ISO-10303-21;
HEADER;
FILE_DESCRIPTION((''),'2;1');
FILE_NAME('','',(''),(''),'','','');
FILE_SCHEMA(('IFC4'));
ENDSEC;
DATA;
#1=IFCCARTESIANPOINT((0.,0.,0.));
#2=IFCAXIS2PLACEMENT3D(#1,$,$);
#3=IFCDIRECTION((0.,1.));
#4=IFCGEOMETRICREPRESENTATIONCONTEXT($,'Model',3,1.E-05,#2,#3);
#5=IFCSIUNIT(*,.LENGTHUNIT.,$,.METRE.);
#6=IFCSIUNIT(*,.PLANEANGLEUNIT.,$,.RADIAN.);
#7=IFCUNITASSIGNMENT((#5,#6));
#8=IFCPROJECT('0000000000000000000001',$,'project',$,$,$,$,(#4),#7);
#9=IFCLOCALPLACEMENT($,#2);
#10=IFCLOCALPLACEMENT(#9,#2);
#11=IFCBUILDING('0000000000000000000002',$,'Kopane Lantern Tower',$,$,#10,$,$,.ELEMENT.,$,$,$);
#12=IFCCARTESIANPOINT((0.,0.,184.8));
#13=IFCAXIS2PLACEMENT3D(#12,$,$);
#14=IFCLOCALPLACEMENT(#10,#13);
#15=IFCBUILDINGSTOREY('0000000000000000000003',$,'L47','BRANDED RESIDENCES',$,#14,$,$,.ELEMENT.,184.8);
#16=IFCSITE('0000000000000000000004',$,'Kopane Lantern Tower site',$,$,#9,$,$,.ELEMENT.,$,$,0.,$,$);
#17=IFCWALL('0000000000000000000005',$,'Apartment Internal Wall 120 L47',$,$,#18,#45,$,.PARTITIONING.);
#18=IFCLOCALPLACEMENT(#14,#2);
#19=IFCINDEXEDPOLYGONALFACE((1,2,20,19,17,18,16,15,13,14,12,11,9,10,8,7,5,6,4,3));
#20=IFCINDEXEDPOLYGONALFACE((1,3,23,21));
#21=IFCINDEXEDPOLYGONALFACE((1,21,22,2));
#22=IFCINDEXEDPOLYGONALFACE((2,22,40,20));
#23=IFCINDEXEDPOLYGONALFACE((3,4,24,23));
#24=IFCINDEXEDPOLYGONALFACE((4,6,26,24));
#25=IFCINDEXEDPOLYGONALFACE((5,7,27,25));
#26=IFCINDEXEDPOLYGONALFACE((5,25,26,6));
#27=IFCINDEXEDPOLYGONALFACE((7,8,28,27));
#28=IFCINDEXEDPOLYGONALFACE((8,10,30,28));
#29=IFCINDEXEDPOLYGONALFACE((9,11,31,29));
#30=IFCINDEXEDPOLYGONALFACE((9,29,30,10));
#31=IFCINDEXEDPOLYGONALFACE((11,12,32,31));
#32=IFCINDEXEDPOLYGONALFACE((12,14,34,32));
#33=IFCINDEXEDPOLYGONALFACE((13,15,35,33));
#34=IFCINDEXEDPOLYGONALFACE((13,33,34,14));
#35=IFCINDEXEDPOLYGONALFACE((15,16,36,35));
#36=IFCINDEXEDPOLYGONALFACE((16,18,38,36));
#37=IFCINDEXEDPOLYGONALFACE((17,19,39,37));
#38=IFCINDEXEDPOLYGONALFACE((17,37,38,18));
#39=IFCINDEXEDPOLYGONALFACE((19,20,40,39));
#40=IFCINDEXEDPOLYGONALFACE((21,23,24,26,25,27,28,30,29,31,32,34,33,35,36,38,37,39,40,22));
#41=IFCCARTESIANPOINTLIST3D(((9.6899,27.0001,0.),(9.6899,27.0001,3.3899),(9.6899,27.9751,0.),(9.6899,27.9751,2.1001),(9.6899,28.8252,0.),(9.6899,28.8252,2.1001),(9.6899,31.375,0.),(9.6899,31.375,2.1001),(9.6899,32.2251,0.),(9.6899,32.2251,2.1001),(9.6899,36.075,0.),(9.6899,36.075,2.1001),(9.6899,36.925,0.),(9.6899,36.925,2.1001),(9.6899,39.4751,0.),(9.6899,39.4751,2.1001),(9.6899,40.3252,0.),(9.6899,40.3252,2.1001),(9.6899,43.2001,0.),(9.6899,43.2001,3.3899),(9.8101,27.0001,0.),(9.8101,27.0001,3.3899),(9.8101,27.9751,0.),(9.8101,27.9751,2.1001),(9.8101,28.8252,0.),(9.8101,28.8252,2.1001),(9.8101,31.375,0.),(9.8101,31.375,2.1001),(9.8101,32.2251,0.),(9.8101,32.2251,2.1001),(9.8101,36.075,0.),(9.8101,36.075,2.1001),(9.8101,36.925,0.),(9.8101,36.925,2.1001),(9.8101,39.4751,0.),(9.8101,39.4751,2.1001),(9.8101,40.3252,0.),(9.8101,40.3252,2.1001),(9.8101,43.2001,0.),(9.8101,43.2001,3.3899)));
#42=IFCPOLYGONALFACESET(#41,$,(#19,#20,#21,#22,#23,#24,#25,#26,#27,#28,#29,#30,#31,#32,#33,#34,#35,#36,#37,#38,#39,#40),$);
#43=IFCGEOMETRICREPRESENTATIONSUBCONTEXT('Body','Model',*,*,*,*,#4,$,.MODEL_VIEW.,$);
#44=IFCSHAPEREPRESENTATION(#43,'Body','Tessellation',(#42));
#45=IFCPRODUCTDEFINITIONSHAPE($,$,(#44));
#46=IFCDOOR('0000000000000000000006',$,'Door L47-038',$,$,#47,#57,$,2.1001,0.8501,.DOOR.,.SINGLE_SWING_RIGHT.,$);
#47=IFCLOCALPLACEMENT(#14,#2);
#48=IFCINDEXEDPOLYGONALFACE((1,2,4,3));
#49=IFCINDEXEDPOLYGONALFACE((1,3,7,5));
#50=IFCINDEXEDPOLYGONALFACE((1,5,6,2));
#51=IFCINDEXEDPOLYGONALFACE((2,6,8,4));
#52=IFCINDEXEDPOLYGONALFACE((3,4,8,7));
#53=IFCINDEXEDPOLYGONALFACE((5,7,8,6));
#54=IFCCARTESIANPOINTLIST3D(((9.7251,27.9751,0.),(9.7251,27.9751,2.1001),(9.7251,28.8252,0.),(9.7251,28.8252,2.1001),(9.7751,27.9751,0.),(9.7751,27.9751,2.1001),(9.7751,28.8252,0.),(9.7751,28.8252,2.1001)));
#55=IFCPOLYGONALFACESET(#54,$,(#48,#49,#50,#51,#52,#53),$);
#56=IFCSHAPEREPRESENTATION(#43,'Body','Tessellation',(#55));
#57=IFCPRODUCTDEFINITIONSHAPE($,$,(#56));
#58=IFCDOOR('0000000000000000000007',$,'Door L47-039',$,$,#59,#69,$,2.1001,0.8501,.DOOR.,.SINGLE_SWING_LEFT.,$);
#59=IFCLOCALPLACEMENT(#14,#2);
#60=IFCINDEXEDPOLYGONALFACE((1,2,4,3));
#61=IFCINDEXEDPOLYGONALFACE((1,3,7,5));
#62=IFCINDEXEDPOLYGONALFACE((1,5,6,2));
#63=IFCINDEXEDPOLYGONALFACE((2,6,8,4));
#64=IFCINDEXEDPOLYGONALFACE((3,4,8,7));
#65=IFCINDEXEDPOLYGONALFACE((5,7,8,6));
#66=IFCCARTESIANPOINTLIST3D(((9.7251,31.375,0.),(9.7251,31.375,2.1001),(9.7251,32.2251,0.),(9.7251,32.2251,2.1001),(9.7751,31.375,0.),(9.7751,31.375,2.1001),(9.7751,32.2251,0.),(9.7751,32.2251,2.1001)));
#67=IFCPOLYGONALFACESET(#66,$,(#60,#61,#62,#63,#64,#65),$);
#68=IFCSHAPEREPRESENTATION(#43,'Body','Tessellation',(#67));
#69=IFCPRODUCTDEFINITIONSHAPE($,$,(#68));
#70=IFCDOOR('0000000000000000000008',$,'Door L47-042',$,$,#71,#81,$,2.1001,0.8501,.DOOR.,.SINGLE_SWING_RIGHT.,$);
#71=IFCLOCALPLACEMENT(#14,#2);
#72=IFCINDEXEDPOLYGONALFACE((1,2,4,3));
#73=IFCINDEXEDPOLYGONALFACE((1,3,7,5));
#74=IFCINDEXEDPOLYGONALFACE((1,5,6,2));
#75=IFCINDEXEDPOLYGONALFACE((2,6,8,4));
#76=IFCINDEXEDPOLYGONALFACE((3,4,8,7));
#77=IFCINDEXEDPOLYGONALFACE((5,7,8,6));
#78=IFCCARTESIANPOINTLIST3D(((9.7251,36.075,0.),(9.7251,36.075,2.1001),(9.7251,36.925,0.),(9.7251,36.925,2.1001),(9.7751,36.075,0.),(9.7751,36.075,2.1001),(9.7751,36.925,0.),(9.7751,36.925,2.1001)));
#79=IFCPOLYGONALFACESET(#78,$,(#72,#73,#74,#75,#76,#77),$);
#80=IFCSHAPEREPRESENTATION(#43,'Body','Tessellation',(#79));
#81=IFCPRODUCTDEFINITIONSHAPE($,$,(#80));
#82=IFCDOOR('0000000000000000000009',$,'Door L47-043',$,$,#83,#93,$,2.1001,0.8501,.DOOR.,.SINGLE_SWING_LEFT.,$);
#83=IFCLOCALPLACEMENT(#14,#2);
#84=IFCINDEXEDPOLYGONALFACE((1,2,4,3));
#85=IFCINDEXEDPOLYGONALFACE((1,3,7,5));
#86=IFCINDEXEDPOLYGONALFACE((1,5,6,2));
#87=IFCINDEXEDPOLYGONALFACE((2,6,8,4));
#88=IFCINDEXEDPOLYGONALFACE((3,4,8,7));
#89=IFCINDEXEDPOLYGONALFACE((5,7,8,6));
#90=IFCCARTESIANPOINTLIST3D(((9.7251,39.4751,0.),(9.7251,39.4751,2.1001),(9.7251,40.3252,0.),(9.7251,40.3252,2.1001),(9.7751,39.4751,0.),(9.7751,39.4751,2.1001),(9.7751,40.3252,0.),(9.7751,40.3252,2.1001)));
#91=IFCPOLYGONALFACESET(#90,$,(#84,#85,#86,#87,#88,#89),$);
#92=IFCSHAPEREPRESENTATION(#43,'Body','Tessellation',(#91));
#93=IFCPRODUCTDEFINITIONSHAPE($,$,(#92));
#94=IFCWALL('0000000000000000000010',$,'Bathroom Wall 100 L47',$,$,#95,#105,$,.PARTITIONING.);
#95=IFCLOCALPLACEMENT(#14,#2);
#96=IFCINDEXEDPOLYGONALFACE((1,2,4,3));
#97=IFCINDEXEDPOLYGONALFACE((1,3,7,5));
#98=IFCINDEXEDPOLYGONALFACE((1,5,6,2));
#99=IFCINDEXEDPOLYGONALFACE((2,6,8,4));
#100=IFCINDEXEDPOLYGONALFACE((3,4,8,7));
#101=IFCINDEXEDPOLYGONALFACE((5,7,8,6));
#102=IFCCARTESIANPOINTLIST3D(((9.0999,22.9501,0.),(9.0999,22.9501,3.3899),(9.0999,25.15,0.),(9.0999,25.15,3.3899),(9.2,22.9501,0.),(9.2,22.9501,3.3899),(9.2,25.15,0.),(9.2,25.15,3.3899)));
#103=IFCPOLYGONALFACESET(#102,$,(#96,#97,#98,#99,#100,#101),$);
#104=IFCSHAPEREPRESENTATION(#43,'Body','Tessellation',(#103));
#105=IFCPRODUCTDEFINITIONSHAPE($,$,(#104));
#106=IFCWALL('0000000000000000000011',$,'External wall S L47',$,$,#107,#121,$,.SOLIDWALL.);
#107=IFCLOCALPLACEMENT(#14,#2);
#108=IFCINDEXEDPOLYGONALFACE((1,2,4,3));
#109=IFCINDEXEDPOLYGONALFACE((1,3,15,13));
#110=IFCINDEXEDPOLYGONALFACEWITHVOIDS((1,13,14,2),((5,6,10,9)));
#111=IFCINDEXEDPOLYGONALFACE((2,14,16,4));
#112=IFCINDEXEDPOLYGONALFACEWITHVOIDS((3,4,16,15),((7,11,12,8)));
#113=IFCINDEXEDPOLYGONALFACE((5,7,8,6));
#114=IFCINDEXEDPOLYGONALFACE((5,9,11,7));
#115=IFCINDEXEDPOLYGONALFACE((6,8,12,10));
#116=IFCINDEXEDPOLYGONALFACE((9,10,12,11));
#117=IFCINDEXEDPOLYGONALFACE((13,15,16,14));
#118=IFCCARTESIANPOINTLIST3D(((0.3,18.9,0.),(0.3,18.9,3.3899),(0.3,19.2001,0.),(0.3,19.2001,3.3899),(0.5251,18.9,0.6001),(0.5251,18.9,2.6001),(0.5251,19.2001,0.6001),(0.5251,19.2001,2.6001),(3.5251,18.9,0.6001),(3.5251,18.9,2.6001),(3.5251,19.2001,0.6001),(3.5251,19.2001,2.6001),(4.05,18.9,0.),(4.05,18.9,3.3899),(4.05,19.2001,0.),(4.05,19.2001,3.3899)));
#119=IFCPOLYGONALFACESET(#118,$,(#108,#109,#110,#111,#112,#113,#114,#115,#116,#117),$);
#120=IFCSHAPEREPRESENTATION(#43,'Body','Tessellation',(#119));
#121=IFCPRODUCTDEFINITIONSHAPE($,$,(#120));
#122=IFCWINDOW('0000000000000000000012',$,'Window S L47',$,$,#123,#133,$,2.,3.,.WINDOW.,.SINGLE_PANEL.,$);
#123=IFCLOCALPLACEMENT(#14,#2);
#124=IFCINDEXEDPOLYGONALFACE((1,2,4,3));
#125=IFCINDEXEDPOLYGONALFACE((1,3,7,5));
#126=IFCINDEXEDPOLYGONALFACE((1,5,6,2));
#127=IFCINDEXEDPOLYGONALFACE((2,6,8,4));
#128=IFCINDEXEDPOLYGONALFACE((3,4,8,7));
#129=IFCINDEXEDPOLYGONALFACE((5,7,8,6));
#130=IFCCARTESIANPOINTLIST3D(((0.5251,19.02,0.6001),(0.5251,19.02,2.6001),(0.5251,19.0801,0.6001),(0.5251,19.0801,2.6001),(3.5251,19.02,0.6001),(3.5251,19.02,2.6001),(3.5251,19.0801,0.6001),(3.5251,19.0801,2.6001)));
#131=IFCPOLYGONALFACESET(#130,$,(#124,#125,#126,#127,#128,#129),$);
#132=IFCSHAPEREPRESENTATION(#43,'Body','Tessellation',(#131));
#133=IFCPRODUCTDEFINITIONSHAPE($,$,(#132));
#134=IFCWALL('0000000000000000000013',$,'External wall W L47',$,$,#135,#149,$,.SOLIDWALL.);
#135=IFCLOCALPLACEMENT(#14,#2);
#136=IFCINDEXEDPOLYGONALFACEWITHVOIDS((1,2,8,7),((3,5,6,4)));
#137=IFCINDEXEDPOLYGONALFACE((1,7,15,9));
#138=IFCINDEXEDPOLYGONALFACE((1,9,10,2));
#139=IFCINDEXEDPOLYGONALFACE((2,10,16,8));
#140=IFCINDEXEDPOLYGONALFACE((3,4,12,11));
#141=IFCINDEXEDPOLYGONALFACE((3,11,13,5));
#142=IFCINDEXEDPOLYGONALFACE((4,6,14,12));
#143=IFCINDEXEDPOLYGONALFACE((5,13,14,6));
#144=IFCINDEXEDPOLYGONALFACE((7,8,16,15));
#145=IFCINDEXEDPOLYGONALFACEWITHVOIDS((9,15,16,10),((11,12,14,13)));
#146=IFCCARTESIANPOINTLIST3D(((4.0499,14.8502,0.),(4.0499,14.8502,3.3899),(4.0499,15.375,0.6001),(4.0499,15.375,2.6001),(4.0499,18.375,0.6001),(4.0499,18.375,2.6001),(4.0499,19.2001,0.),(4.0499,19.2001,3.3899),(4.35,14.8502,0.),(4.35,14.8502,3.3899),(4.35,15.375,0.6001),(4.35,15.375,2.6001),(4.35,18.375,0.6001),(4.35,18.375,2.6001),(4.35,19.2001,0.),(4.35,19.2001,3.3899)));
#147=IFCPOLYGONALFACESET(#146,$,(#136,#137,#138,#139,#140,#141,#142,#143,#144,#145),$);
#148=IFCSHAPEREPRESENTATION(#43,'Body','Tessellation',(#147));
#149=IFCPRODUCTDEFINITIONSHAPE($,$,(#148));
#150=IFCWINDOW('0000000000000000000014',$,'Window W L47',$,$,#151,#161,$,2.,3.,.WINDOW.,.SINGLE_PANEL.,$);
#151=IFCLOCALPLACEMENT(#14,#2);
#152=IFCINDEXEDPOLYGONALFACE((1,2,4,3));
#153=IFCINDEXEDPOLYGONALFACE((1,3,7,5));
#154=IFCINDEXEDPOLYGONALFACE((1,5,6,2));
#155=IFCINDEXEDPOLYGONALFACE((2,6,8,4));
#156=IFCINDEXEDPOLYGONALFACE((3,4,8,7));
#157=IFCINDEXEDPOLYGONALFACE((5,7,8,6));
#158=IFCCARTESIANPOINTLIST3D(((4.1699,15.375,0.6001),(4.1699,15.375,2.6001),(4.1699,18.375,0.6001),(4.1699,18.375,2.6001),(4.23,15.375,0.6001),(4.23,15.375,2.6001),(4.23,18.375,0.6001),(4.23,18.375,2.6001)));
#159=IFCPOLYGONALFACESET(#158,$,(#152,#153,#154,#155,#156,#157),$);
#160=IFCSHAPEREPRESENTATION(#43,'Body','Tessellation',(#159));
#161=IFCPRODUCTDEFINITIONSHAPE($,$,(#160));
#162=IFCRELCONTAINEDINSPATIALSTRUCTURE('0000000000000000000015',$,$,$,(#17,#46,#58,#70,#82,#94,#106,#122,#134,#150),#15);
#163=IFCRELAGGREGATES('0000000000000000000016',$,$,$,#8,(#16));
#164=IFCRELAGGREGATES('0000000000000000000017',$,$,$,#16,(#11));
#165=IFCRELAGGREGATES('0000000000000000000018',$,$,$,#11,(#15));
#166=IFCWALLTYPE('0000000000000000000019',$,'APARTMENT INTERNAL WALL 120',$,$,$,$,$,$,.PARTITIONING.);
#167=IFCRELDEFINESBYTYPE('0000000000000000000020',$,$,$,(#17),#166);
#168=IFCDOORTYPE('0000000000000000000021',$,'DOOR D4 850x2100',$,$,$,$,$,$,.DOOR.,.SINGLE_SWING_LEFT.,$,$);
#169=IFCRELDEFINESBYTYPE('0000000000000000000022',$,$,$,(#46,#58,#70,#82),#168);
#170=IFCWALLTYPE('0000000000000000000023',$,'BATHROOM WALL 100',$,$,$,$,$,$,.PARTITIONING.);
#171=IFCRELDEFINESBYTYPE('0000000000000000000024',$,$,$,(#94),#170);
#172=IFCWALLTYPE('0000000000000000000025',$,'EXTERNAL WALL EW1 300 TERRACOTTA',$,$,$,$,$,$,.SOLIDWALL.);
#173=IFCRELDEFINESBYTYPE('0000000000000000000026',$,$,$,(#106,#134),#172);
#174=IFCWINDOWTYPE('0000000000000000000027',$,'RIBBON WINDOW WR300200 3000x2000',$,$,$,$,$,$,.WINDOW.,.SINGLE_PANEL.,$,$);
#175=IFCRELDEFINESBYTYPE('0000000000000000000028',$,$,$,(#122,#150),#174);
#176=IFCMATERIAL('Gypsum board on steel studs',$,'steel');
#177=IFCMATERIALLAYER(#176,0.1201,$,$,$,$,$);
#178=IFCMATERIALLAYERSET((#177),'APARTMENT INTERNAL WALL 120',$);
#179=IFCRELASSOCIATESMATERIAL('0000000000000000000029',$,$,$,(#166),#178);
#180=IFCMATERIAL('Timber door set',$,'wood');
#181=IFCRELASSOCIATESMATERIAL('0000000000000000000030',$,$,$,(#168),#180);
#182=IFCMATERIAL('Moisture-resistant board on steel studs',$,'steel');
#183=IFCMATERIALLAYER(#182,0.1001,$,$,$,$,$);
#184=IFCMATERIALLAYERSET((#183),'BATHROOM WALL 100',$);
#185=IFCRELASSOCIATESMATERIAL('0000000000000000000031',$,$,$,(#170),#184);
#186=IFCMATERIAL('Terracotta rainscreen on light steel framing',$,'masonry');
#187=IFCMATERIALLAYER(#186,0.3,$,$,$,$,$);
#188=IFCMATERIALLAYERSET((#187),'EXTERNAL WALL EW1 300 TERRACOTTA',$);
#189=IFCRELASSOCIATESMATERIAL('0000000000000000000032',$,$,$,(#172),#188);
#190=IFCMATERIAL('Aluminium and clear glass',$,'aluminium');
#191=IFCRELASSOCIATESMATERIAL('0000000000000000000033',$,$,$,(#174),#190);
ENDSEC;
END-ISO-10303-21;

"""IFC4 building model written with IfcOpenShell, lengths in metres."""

from ifc_helpers import new_model, si_unit, direction, frame, frame_2d, origin, place, context, subcontext, project, spatial, rectangle, extrude, material, layer, layer_set, type_object, element, fill, save


model = new_model("IFC4")

# Units and contexts
model_context = context("Model", 3, precision=1e-05, world=origin(), true_north=direction((0.0, 1.0)))
body_context = subcontext(model_context, "Body", "Model", "MODEL_VIEW")
ifc_project = project(units=[si_unit("LENGTHUNIT", "METRE"), si_unit("PLANEANGLEUNIT", "RADIAN")], contexts=[model_context])

# Site, building, storey
site_placement = place(None, origin())
site = spatial("IfcSite", under=ifc_project, at=site_placement, Name="Kopane Lantern Tower site", CompositionType="ELEMENT", RefElevation=0.0)
building_placement = place(site_placement, origin())
building = spatial("IfcBuilding", under=site, at=building_placement, Name="Kopane Lantern Tower", CompositionType="ELEMENT")
storey_placement = place(building_placement, frame((0.0, 0.0, 184.8)))
storey = spatial("IfcBuildingStorey", under=building, at=storey_placement, Name="L47", Description="BRANDED RESIDENCES", CompositionType="ELEMENT", Elevation=184.8)

# Wall, openings, doors
ifc_material_1 = material(Name="Gypsum board on steel studs", Category="steel")
ifc_layer_1 = layer(ifc_material_1, 0.1201)
ifc_layer_set_1 = layer_set([ifc_layer_1], Name="APARTMENT INTERNAL WALL 120")
wall_type_1 = type_object("IfcWallType", Name="APARTMENT INTERNAL WALL 120", PredefinedType="PARTITIONING", material=ifc_layer_set_1)
wall_1_placement = place(storey_placement, frame((9.75, 27.0, 0.0), z_axis=(0.0, 0.0, 1.0), x_axis=(0.0, 1.0, 0.0)))
wall_1 = element("IfcWall", 1, at=wall_1_placement, inside=storey, type_object=wall_type_1, Name="Apartment Internal Wall 120 L47", PredefinedType="PARTITIONING", context=body_context, shape_type="SweptSolid", body=[
    extrude(rectangle(XDim=16.2, YDim=0.1201, at=frame_2d((8.1001, 0.0))), origin(), (0.0, 0.0, 1.0), 3.3899),
])
opening_1_placement = place(wall_1_placement, frame((0.9751, 0.0, 0.0)))
opening_1 = element("IfcOpeningElement", 2, at=opening_1_placement, cuts=wall_1, PredefinedType="OPENING", context=body_context, shape_type="SweptSolid", body=[
    extrude(rectangle(XDim=0.8501, YDim=2.1001, at=frame_2d((0.425, 1.05))), frame((0.0, 0.0701, 0.0), z_axis=(0.0, -1.0, 0.0), x_axis=(1.0, 0.0, 0.0)), (0.0, 0.0, 1.0), 0.1401),
])
opening_2_placement = place(wall_1_placement, frame((4.375, 0.0, 0.0)))
opening_2 = element("IfcOpeningElement", 3, at=opening_2_placement, cuts=wall_1, PredefinedType="OPENING", context=body_context, shape_type="SweptSolid", body=[
    extrude(rectangle(XDim=0.8501, YDim=2.1001, at=frame_2d((0.425, 1.05))), frame((0.0, 0.0701, 0.0), z_axis=(0.0, -1.0, 0.0), x_axis=(1.0, 0.0, 0.0)), (0.0, 0.0, 1.0), 0.1401),
])
opening_3_placement = place(wall_1_placement, frame((9.075, 0.0, 0.0)))
opening_3 = element("IfcOpeningElement", 4, at=opening_3_placement, cuts=wall_1, PredefinedType="OPENING", context=body_context, shape_type="SweptSolid", body=[
    extrude(rectangle(XDim=0.8501, YDim=2.1001, at=frame_2d((0.425, 1.05))), frame((0.0, 0.0701, 0.0), z_axis=(0.0, -1.0, 0.0), x_axis=(1.0, 0.0, 0.0)), (0.0, 0.0, 1.0), 0.1401),
])
opening_4_placement = place(wall_1_placement, frame((12.4751, 0.0, 0.0)))
opening_4 = element("IfcOpeningElement", 5, at=opening_4_placement, cuts=wall_1, PredefinedType="OPENING", context=body_context, shape_type="SweptSolid", body=[
    extrude(rectangle(XDim=0.8501, YDim=2.1001, at=frame_2d((0.425, 1.05))), frame((0.0, 0.0701, 0.0), z_axis=(0.0, -1.0, 0.0), x_axis=(1.0, 0.0, 0.0)), (0.0, 0.0, 1.0), 0.1401),
])
ifc_material_2 = material(Name="Timber door set", Category="wood")
door_type = type_object("IfcDoorType", Name="DOOR D4 850x2100", OperationType="SINGLE_SWING_LEFT", PredefinedType="DOOR", material=ifc_material_2)
door_1_placement = place(opening_1_placement, origin())
door_1 = element("IfcDoor", 6, at=door_1_placement, inside=storey, type_object=door_type, Name="Door L47-038", OperationType="SINGLE_SWING_RIGHT", OverallHeight=2.1001, OverallWidth=0.8501, PredefinedType="DOOR", context=body_context, shape_type="SweptSolid", body=[
    extrude(rectangle(XDim=0.8501, YDim=2.1001, at=frame_2d((0.425, 1.05))), frame((0.0, 0.0249, 0.0), z_axis=(0.0, -1.0, 0.0), x_axis=(1.0, 0.0, 0.0)), (0.0, 0.0, 1.0), 0.05),
])
fill(opening_1, door_1)
door_2_placement = place(opening_2_placement, origin())
door_2 = element("IfcDoor", 7, at=door_2_placement, inside=storey, type_object=door_type, Name="Door L47-039", OperationType="SINGLE_SWING_LEFT", OverallHeight=2.1001, OverallWidth=0.8501, PredefinedType="DOOR", context=body_context, shape_type="SweptSolid", body=[
    extrude(rectangle(XDim=0.8501, YDim=2.1001, at=frame_2d((0.425, 1.05))), frame((0.0, 0.0249, 0.0), z_axis=(0.0, -1.0, 0.0), x_axis=(1.0, 0.0, 0.0)), (0.0, 0.0, 1.0), 0.05),
])
fill(opening_2, door_2)
door_3_placement = place(opening_3_placement, origin())
door_3 = element("IfcDoor", 8, at=door_3_placement, inside=storey, type_object=door_type, Name="Door L47-042", OperationType="SINGLE_SWING_RIGHT", OverallHeight=2.1001, OverallWidth=0.8501, PredefinedType="DOOR", context=body_context, shape_type="SweptSolid", body=[
    extrude(rectangle(XDim=0.8501, YDim=2.1001, at=frame_2d((0.425, 1.05))), frame((0.0, 0.0249, 0.0), z_axis=(0.0, -1.0, 0.0), x_axis=(1.0, 0.0, 0.0)), (0.0, 0.0, 1.0), 0.05),
])
fill(opening_3, door_3)
door_4_placement = place(opening_4_placement, origin())
door_4 = element("IfcDoor", 9, at=door_4_placement, inside=storey, type_object=door_type, Name="Door L47-043", OperationType="SINGLE_SWING_LEFT", OverallHeight=2.1001, OverallWidth=0.8501, PredefinedType="DOOR", context=body_context, shape_type="SweptSolid", body=[
    extrude(rectangle(XDim=0.8501, YDim=2.1001, at=frame_2d((0.425, 1.05))), frame((0.0, 0.0249, 0.0), z_axis=(0.0, -1.0, 0.0), x_axis=(1.0, 0.0, 0.0)), (0.0, 0.0, 1.0), 0.05),
])
fill(opening_4, door_4)

# Wall
ifc_material_3 = material(Name="Moisture-resistant board on steel studs", Category="steel")
ifc_layer_2 = layer(ifc_material_3, 0.1001)
ifc_layer_set_2 = layer_set([ifc_layer_2], Name="BATHROOM WALL 100")
wall_type_2 = type_object("IfcWallType", Name="BATHROOM WALL 100", PredefinedType="PARTITIONING", material=ifc_layer_set_2)
wall_2_placement = place(storey_placement, frame((9.1499, 22.95, 0.0), z_axis=(0.0, 0.0, 1.0), x_axis=(0.0, 1.0, 0.0)))
element("IfcWall", 10, at=wall_2_placement, inside=storey, type_object=wall_type_2, Name="Bathroom Wall 100 L47", PredefinedType="PARTITIONING", context=body_context, shape_type="SweptSolid", body=[
    extrude(rectangle(XDim=2.2, YDim=0.1001, at=frame_2d((1.1001, 0.0))), origin(), (0.0, 0.0, 1.0), 3.3899),
])

# Walls, openings, windows
ifc_material_4 = material(Name="Terracotta rainscreen on light steel framing", Category="masonry")
ifc_layer_3 = layer(ifc_material_4, 0.3)
ifc_layer_set_3 = layer_set([ifc_layer_3], Name="EXTERNAL WALL EW1 300 TERRACOTTA")
wall_type_3 = type_object("IfcWallType", Name="EXTERNAL WALL EW1 300 TERRACOTTA", PredefinedType="SOLIDWALL", material=ifc_layer_set_3)
wall_3_placement = place(storey_placement, frame((0.3, 19.05, 0.0), z_axis=(0.0, 0.0, 1.0), x_axis=(1.0, 0.0, 0.0)))
wall_3 = element("IfcWall", 11, at=wall_3_placement, inside=storey, type_object=wall_type_3, Name="External wall S L47", PredefinedType="SOLIDWALL", context=body_context, shape_type="SweptSolid", body=[
    extrude(rectangle(XDim=3.75, YDim=0.3, at=frame_2d((1.875, 0.0))), origin(), (0.0, 0.0, 1.0), 3.3899),
])
opening_5_placement = place(wall_3_placement, frame((0.2251, 0.0, 0.6001)))
opening_5 = element("IfcOpeningElement", 12, at=opening_5_placement, cuts=wall_3, PredefinedType="OPENING", context=body_context, shape_type="SweptSolid", body=[
    extrude(rectangle(XDim=3.0, YDim=2.0, at=frame_2d((1.5, 1.0))), frame((0.0, 0.1599, 0.0), z_axis=(0.0, -1.0, 0.0), x_axis=(1.0, 0.0, 0.0)), (0.0, 0.0, 1.0), 0.3201),
])
ifc_material_5 = material(Name="Aluminium and clear glass", Category="aluminium")
window_type = type_object("IfcWindowType", Name="RIBBON WINDOW WR300200 3000x2000", PartitioningType="SINGLE_PANEL", PredefinedType="WINDOW", material=ifc_material_5)
window_1_placement = place(opening_5_placement, origin())
window_1 = element("IfcWindow", 13, at=window_1_placement, inside=storey, type_object=window_type, Name="Window S L47", OverallHeight=2.0, OverallWidth=3.0, PartitioningType="SINGLE_PANEL", PredefinedType="WINDOW", context=body_context, shape_type="SweptSolid", body=[
    extrude(rectangle(XDim=3.0, YDim=2.0, at=frame_2d((1.5, 1.0))), frame((0.0, 0.03, 0.0), z_axis=(0.0, -1.0, 0.0), x_axis=(1.0, 0.0, 0.0)), (0.0, 0.0, 1.0), 0.0601),
])
fill(opening_5, window_1)
wall_4_placement = place(storey_placement, frame((4.2, 19.2, 0.0), z_axis=(0.0, 0.0, 1.0), x_axis=(0.0, -1.0, 0.0)))
wall_4 = element("IfcWall", 14, at=wall_4_placement, inside=storey, type_object=wall_type_3, Name="External wall W L47", PredefinedType="SOLIDWALL", context=body_context, shape_type="SweptSolid", body=[
    extrude(rectangle(XDim=4.3499, YDim=0.3, at=frame_2d((2.1748, 0.0))), origin(), (0.0, 0.0, 1.0), 3.3899),
])
opening_6_placement = place(wall_4_placement, frame((0.825, 0.0, 0.6001)))
opening_6 = element("IfcOpeningElement", 15, at=opening_6_placement, cuts=wall_4, PredefinedType="OPENING", context=body_context, shape_type="SweptSolid", body=[
    extrude(rectangle(XDim=3.0, YDim=2.0, at=frame_2d((1.5, 1.0))), frame((0.0, 0.1599, 0.0), z_axis=(0.0, -1.0, 0.0), x_axis=(1.0, 0.0, 0.0)), (0.0, 0.0, 1.0), 0.3201),
])
window_2_placement = place(opening_6_placement, origin())
window_2 = element("IfcWindow", 16, at=window_2_placement, inside=storey, type_object=window_type, Name="Window W L47", OverallHeight=2.0, OverallWidth=3.0, PartitioningType="SINGLE_PANEL", PredefinedType="WINDOW", context=body_context, shape_type="SweptSolid", body=[
    extrude(rectangle(XDim=3.0, YDim=2.0, at=frame_2d((1.5, 1.0))), frame((0.0, 0.03, 0.0), z_axis=(0.0, -1.0, 0.0), x_axis=(1.0, 0.0, 0.0)), (0.0, 0.0, 1.0), 0.0601),
])
fill(opening_6, window_2)

save(model, "model.ifc")
